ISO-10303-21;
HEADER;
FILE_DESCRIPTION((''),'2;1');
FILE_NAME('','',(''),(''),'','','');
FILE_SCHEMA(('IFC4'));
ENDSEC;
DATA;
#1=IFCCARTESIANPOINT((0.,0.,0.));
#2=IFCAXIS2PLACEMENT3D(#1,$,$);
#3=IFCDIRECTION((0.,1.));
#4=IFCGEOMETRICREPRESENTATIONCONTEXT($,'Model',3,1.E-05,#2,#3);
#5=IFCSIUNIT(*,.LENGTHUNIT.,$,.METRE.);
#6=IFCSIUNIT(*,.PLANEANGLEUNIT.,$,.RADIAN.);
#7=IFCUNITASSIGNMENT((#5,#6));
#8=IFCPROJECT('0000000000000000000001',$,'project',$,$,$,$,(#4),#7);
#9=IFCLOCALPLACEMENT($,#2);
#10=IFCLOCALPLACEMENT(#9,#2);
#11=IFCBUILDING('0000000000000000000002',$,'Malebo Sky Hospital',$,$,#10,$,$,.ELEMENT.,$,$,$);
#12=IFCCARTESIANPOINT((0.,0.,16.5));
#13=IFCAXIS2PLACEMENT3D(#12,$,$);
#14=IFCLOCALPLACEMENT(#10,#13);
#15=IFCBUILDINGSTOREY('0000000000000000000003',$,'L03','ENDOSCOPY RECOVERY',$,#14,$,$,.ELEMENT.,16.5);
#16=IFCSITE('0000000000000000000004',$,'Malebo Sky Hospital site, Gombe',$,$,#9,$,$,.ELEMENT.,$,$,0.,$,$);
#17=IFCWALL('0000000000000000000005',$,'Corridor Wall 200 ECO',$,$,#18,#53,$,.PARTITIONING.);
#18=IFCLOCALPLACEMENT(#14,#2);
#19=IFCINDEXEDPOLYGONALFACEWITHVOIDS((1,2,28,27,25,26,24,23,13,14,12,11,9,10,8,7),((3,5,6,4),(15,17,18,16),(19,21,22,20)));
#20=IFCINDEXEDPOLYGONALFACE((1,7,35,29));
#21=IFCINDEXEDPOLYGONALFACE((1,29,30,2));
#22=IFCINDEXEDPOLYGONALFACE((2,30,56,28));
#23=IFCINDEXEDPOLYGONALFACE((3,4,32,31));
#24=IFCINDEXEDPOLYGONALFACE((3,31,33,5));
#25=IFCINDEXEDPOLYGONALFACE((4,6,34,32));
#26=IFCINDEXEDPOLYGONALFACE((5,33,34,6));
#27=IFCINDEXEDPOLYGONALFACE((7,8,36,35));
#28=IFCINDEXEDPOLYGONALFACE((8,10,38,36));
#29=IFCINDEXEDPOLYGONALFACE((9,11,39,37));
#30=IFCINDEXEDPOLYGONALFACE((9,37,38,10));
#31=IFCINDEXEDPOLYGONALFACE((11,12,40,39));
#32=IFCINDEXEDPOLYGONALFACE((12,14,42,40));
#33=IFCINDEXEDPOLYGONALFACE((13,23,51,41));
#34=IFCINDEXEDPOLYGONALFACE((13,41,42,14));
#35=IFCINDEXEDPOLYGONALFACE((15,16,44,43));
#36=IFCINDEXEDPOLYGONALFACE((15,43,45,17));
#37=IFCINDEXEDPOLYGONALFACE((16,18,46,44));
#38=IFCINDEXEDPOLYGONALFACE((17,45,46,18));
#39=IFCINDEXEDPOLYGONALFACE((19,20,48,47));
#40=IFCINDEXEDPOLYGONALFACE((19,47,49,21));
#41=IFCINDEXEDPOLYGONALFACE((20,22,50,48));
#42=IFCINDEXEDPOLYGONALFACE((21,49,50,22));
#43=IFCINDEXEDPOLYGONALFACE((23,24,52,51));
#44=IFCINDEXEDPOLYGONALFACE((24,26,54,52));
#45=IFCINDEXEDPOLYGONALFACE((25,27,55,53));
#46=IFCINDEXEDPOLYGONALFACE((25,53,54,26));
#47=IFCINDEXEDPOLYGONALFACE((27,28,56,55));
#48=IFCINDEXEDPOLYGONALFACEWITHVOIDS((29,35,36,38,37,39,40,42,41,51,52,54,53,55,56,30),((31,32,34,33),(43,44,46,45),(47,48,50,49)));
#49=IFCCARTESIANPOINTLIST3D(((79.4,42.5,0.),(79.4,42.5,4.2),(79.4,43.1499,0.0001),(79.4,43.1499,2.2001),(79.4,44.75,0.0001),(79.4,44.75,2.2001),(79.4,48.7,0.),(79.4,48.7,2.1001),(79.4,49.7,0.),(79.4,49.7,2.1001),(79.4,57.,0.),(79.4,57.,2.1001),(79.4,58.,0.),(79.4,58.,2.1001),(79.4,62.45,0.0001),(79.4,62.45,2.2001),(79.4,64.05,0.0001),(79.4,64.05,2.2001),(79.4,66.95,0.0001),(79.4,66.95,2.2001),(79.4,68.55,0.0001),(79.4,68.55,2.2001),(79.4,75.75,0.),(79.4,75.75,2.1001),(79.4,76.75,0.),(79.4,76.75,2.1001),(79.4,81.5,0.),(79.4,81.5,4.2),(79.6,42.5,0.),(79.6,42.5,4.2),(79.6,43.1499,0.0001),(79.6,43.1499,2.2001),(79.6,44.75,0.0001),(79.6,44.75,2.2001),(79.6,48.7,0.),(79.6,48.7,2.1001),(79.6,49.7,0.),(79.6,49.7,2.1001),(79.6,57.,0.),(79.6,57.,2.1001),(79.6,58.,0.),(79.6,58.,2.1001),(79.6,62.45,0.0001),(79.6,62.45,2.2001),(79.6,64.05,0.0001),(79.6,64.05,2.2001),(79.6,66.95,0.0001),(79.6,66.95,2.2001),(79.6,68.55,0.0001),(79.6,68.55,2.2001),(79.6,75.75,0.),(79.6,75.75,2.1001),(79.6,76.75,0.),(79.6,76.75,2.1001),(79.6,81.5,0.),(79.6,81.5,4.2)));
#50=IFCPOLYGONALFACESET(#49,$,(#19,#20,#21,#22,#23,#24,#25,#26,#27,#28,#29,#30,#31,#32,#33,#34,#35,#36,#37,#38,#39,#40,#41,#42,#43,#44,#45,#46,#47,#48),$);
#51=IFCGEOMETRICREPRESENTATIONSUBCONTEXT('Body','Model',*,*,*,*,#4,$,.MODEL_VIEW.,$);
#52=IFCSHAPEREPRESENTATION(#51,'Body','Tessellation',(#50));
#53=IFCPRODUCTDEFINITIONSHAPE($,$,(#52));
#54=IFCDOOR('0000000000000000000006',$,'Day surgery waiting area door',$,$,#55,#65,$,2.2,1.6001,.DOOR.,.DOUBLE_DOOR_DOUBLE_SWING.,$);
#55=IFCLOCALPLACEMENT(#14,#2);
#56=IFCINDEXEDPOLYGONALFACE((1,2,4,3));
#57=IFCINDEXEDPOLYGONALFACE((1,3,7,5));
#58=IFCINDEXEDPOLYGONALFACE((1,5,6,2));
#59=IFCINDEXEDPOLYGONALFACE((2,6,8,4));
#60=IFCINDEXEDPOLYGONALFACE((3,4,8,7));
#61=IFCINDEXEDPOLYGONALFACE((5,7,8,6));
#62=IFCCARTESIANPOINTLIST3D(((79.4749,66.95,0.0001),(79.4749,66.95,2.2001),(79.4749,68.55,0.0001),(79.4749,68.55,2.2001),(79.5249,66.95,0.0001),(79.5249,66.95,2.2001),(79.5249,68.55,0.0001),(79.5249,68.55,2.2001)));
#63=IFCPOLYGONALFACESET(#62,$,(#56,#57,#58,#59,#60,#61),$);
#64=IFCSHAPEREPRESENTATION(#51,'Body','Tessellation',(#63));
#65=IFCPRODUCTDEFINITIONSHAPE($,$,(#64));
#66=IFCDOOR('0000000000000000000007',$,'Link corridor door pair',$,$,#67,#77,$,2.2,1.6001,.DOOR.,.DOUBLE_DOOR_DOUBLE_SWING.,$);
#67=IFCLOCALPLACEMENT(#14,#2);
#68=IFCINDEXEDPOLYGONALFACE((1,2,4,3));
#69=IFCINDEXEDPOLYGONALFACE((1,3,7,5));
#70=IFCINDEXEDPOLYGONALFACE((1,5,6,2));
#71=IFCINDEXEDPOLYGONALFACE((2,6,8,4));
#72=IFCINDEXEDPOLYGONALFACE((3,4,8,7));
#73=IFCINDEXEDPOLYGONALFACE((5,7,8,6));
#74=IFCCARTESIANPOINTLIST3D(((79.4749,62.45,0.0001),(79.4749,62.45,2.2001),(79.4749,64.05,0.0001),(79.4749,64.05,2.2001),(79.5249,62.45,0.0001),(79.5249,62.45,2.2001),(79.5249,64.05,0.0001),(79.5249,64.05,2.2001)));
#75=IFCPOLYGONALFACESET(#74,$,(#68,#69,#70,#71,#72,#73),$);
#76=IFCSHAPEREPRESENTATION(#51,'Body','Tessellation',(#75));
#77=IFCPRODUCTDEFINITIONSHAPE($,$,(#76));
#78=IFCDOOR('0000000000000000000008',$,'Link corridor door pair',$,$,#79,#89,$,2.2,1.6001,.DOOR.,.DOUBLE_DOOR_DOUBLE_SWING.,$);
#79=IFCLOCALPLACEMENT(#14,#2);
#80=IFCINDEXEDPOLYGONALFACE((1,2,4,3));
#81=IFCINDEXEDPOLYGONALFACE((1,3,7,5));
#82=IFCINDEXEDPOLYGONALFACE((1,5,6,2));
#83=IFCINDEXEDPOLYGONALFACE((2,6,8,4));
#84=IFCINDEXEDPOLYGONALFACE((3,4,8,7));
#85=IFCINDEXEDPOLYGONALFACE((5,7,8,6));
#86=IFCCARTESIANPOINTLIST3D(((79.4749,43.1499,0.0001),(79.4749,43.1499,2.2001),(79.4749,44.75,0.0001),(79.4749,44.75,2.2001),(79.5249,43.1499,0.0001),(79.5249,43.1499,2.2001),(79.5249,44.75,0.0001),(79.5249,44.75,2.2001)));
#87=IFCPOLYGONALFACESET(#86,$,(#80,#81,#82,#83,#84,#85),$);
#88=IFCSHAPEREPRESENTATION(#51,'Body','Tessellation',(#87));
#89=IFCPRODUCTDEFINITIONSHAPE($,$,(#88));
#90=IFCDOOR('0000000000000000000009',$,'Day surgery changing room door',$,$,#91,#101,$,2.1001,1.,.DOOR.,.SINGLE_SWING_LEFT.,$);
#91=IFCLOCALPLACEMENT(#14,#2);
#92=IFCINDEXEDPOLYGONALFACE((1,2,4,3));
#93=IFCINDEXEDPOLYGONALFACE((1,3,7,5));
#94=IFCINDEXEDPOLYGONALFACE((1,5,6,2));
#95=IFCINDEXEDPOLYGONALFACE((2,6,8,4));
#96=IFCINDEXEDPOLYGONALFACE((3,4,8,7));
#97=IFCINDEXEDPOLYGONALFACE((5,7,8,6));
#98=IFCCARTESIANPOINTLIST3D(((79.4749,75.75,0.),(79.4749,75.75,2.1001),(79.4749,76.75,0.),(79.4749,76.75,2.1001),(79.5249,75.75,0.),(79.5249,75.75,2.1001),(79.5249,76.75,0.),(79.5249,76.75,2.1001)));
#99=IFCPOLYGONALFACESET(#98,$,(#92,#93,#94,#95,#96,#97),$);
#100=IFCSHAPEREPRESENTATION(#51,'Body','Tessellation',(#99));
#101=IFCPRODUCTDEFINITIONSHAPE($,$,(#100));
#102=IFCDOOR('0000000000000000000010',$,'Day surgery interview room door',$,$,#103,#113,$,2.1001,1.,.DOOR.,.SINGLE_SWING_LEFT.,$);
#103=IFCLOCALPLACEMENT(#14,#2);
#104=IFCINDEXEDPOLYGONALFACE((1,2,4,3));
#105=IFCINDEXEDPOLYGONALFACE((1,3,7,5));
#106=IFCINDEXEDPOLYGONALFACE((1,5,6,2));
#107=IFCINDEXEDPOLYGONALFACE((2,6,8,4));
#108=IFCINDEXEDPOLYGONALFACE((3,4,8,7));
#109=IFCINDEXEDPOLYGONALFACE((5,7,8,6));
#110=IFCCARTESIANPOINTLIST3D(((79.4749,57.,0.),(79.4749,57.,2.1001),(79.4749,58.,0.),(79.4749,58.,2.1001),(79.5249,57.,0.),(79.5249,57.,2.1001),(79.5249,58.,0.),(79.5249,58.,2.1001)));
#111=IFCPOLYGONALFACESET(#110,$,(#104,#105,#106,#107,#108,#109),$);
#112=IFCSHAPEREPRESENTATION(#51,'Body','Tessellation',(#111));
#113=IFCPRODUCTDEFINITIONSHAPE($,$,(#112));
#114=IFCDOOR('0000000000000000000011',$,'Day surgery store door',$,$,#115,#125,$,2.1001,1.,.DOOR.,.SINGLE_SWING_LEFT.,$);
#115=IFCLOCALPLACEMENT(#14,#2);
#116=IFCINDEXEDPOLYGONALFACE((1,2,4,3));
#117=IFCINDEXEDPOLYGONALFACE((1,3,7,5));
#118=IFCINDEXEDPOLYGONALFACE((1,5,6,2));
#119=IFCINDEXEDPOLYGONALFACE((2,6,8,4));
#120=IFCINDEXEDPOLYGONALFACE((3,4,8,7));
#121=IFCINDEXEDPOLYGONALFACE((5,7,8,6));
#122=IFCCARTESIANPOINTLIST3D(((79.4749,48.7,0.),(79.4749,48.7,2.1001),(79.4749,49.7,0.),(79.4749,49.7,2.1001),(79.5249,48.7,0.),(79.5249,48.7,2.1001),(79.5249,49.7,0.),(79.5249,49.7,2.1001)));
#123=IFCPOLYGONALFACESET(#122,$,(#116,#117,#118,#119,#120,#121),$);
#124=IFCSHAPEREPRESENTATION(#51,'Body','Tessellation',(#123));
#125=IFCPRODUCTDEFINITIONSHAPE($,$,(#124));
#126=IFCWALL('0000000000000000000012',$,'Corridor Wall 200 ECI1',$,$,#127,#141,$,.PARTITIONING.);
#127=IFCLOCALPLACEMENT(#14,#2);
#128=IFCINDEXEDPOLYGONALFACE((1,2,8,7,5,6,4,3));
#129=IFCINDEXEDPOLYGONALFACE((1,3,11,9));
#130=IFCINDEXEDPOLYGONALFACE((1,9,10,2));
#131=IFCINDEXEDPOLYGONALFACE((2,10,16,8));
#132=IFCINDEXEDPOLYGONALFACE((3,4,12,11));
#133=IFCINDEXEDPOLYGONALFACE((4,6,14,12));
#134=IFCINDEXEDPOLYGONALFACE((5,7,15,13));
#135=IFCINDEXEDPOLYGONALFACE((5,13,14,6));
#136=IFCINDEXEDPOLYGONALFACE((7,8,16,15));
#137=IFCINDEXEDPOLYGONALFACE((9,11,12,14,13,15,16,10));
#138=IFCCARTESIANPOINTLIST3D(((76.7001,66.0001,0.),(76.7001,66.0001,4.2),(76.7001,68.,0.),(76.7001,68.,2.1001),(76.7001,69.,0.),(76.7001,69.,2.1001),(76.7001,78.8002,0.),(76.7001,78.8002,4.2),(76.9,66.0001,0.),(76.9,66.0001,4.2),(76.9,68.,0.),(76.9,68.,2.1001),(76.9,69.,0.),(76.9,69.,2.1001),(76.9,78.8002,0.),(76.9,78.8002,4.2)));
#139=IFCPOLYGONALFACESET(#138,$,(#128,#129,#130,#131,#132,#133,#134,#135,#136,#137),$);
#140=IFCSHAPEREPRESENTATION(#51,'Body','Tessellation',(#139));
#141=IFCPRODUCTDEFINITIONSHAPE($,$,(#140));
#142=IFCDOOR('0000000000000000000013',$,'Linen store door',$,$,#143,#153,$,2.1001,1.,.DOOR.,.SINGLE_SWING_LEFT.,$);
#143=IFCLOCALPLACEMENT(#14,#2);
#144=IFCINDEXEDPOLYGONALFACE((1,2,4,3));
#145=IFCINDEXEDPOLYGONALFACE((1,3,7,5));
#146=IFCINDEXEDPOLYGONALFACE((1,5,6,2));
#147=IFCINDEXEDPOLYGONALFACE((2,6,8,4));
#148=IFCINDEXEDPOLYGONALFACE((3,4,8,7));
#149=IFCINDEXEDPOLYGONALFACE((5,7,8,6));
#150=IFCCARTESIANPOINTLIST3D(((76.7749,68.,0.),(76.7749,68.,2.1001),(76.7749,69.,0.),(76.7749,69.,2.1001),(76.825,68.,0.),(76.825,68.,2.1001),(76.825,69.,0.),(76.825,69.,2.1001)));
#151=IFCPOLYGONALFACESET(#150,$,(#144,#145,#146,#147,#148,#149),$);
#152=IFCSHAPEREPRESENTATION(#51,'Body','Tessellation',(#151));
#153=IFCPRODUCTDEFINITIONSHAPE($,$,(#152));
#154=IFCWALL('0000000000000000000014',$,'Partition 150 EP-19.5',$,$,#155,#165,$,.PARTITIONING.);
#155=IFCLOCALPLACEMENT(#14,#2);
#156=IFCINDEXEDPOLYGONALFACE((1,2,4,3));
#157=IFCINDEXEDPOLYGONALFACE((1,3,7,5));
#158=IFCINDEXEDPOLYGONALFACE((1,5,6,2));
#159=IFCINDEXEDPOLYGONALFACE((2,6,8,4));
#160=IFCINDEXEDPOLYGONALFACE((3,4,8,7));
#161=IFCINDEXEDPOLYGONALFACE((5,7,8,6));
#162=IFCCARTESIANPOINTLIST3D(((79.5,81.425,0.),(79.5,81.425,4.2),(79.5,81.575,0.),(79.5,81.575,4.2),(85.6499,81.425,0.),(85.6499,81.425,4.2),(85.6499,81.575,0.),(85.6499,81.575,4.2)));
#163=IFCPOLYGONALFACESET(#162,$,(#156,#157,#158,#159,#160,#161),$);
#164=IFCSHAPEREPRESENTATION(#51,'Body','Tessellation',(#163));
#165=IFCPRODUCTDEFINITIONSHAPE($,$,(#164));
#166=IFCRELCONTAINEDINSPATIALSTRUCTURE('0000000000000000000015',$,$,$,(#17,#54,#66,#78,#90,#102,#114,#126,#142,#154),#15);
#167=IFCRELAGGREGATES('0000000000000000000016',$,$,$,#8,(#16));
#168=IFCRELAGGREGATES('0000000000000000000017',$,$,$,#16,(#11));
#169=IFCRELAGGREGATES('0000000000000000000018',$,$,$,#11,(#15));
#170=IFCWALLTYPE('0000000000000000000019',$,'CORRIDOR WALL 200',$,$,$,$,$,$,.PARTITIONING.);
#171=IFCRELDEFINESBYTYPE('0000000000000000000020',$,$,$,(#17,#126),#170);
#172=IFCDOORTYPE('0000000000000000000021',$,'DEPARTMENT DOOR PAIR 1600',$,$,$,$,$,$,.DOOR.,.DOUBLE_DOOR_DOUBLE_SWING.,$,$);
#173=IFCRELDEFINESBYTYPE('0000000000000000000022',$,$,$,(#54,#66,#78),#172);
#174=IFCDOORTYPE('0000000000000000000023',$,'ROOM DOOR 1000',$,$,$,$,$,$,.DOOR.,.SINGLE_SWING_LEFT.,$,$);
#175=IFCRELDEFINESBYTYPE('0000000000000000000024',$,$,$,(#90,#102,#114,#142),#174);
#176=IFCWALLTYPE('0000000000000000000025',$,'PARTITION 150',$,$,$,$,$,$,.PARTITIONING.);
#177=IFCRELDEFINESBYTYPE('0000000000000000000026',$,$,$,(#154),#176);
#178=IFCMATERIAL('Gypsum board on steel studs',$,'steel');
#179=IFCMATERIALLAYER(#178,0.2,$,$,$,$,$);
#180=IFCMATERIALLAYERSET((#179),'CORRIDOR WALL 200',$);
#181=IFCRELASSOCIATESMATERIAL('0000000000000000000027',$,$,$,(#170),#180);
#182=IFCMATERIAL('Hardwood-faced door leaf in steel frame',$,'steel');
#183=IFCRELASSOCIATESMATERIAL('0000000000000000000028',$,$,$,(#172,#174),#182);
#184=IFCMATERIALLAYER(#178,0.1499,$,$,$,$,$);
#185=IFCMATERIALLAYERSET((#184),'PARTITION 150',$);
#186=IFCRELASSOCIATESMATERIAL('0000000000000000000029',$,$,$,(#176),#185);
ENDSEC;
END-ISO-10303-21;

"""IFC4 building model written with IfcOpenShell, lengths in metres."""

from ifc_helpers import new_model, si_unit, direction, frame, frame_2d, origin, place, context, subcontext, project, spatial, rectangle, extrude, material, layer, layer_set, type_object, element, fill, save


model = new_model("IFC4")

# Units and contexts
model_context = context("Model", 3, precision=1e-05, world=origin(), true_north=direction((0.0, 1.0)))
body_context = subcontext(model_context, "Body", "Model", "MODEL_VIEW")
ifc_project = project(units=[si_unit("LENGTHUNIT", "METRE"), si_unit("PLANEANGLEUNIT", "RADIAN")], contexts=[model_context])

# Site, building, storey
site_placement = place(None, origin())
site = spatial("IfcSite", under=ifc_project, at=site_placement, Name="Malebo Sky Hospital site, Gombe", CompositionType="ELEMENT", RefElevation=0.0)
building_placement = place(site_placement, origin())
building = spatial("IfcBuilding", under=site, at=building_placement, Name="Malebo Sky Hospital", CompositionType="ELEMENT")
storey_placement = place(building_placement, frame((0.0, 0.0, 16.5)))
storey = spatial("IfcBuildingStorey", under=building, at=storey_placement, Name="L03", Description="ENDOSCOPY RECOVERY", CompositionType="ELEMENT", Elevation=16.5)

# Wall, openings, doors
ifc_material_1 = material(Name="Gypsum board on steel studs", Category="steel")
ifc_layer_1 = layer(ifc_material_1, 0.2)
ifc_layer_set_1 = layer_set([ifc_layer_1], Name="CORRIDOR WALL 200")
wall_type_1 = type_object("IfcWallType", Name="CORRIDOR WALL 200", PredefinedType="PARTITIONING", material=ifc_layer_set_1)
wall_1_placement = place(storey_placement, frame((79.5, 81.5, 0.0), z_axis=(0.0, 0.0, 1.0), x_axis=(0.0, -1.0, 0.0)))
wall_1 = element("IfcWall", 1, at=wall_1_placement, inside=storey, type_object=wall_type_1, Name="Corridor Wall 200 ECO", PredefinedType="PARTITIONING", context=body_context, shape_type="SweptSolid", body=[
    extrude(rectangle(XDim=39.0, YDim=0.2, at=frame_2d((19.5, 0.0))), origin(), (0.0, 0.0, 1.0), 4.2),
])
opening_1_placement = place(wall_1_placement, frame((4.75, 0.0, 0.0)))
opening_1 = element("IfcOpeningElement", 2, at=opening_1_placement, cuts=wall_1, PredefinedType="OPENING", context=body_context, shape_type="SweptSolid", body=[
    extrude(rectangle(XDim=1.0, YDim=2.1001, at=frame_2d((0.5, 1.05))), frame((0.0, 0.1099, 0.0), z_axis=(0.0, -1.0, 0.0), x_axis=(1.0, 0.0, 0.0)), (0.0, 0.0, 1.0), 0.22),
])
opening_2_placement = place(wall_1_placement, frame((12.95, 0.0, 0.0)))
opening_2 = element("IfcOpeningElement", 3, at=opening_2_placement, cuts=wall_1, PredefinedType="OPENING", context=body_context, shape_type="SweptSolid", body=[
    extrude(rectangle(XDim=1.6001, YDim=2.2, at=frame_2d((0.8, 1.1001))), frame((0.0, 0.1099, 0.0), z_axis=(0.0, -1.0, 0.0), x_axis=(1.0, 0.0, 0.0)), (0.0, 0.0, 1.0), 0.22),
])
opening_3_placement = place(wall_1_placement, frame((17.45, 0.0, 0.0)))
opening_3 = element("IfcOpeningElement", 4, at=opening_3_placement, cuts=wall_1, PredefinedType="OPENING", context=body_context, shape_type="SweptSolid", body=[
    extrude(rectangle(XDim=1.6001, YDim=2.2, at=frame_2d((0.8, 1.1001))), frame((0.0, 0.1099, 0.0), z_axis=(0.0, -1.0, 0.0), x_axis=(1.0, 0.0, 0.0)), (0.0, 0.0, 1.0), 0.22),
])
opening_4_placement = place(wall_1_placement, frame((23.5, 0.0, 0.0)))
opening_4 = element("IfcOpeningElement", 5, at=opening_4_placement, cuts=wall_1, PredefinedType="OPENING", context=body_context, shape_type="SweptSolid", body=[
    extrude(rectangle(XDim=1.0, YDim=2.1001, at=frame_2d((0.5, 1.05))), frame((0.0, 0.1099, 0.0), z_axis=(0.0, -1.0, 0.0), x_axis=(1.0, 0.0, 0.0)), (0.0, 0.0, 1.0), 0.22),
])
opening_5_placement = place(wall_1_placement, frame((31.8, 0.0, 0.0)))
opening_5 = element("IfcOpeningElement", 6, at=opening_5_placement, cuts=wall_1, PredefinedType="OPENING", context=body_context, shape_type="SweptSolid", body=[
    extrude(rectangle(XDim=1.0, YDim=2.1001, at=frame_2d((0.5, 1.05))), frame((0.0, 0.1099, 0.0), z_axis=(0.0, -1.0, 0.0), x_axis=(1.0, 0.0, 0.0)), (0.0, 0.0, 1.0), 0.22),
])
opening_6_placement = place(wall_1_placement, frame((36.75, 0.0, 0.0)))
opening_6 = element("IfcOpeningElement", 7, at=opening_6_placement, cuts=wall_1, PredefinedType="OPENING", context=body_context, shape_type="SweptSolid", body=[
    extrude(rectangle(XDim=1.6001, YDim=2.2, at=frame_2d((0.8, 1.1001))), frame((0.0, 0.1099, 0.0), z_axis=(0.0, -1.0, 0.0), x_axis=(1.0, 0.0, 0.0)), (0.0, 0.0, 1.0), 0.22),
])
ifc_material_2 = material(Name="Hardwood-faced door leaf in steel frame", Category="steel")
door_type_1 = type_object("IfcDoorType", Name="DEPARTMENT DOOR PAIR 1600", OperationType="DOUBLE_DOOR_DOUBLE_SWING", PredefinedType="DOOR", material=ifc_material_2)
door_1_placement = place(opening_2_placement, origin())
door_1 = element("IfcDoor", 8, at=door_1_placement, inside=storey, type_object=door_type_1, Name="Day surgery waiting area door", OperationType="DOUBLE_DOOR_DOUBLE_SWING", OverallHeight=2.2, OverallWidth=1.6001, PredefinedType="DOOR", context=body_context, shape_type="SweptSolid", body=[
    extrude(rectangle(XDim=1.6001, YDim=2.2, at=frame_2d((0.8, 1.1001))), frame((0.0, 0.0249, 0.0), z_axis=(0.0, -1.0, 0.0), x_axis=(1.0, 0.0, 0.0)), (0.0, 0.0, 1.0), 0.05),
])
fill(opening_2, door_1)
door_2_placement = place(opening_3_placement, origin())
door_2 = element("IfcDoor", 9, at=door_2_placement, inside=storey, type_object=door_type_1, Name="Link corridor door pair", OperationType="DOUBLE_DOOR_DOUBLE_SWING", OverallHeight=2.2, OverallWidth=1.6001, PredefinedType="DOOR", context=body_context, shape_type="SweptSolid", body=[
    extrude(rectangle(XDim=1.6001, YDim=2.2, at=frame_2d((0.8, 1.1001))), frame((0.0, 0.0249, 0.0), z_axis=(0.0, -1.0, 0.0), x_axis=(1.0, 0.0, 0.0)), (0.0, 0.0, 1.0), 0.05),
])
fill(opening_3, door_2)
door_3_placement = place(opening_6_placement, origin())
door_3 = element("IfcDoor", 10, at=door_3_placement, inside=storey, type_object=door_type_1, Name="Link corridor door pair", OperationType="DOUBLE_DOOR_DOUBLE_SWING", OverallHeight=2.2, OverallWidth=1.6001, PredefinedType="DOOR", context=body_context, shape_type="SweptSolid", body=[
    extrude(rectangle(XDim=1.6001, YDim=2.2, at=frame_2d((0.8, 1.1001))), frame((0.0, 0.0249, 0.0), z_axis=(0.0, -1.0, 0.0), x_axis=(1.0, 0.0, 0.0)), (0.0, 0.0, 1.0), 0.05),
])
fill(opening_6, door_3)
door_type_2 = type_object("IfcDoorType", Name="ROOM DOOR 1000", OperationType="SINGLE_SWING_LEFT", PredefinedType="DOOR", material=ifc_material_2)
door_4_placement = place(opening_1_placement, origin())
door_4 = element("IfcDoor", 11, at=door_4_placement, inside=storey, type_object=door_type_2, Name="Day surgery changing room door", OperationType="SINGLE_SWING_LEFT", OverallHeight=2.1001, OverallWidth=1.0, PredefinedType="DOOR", context=body_context, shape_type="SweptSolid", body=[
    extrude(rectangle(XDim=1.0, YDim=2.1001, at=frame_2d((0.5, 1.05))), frame((0.0, 0.0249, 0.0), z_axis=(0.0, -1.0, 0.0), x_axis=(1.0, 0.0, 0.0)), (0.0, 0.0, 1.0), 0.05),
])
fill(opening_1, door_4)
door_5_placement = place(opening_4_placement, origin())
door_5 = element("IfcDoor", 12, at=door_5_placement, inside=storey, type_object=door_type_2, Name="Day surgery interview room door", OperationType="SINGLE_SWING_LEFT", OverallHeight=2.1001, OverallWidth=1.0, PredefinedType="DOOR", context=body_context, shape_type="SweptSolid", body=[
    extrude(rectangle(XDim=1.0, YDim=2.1001, at=frame_2d((0.5, 1.05))), frame((0.0, 0.0249, 0.0), z_axis=(0.0, -1.0, 0.0), x_axis=(1.0, 0.0, 0.0)), (0.0, 0.0, 1.0), 0.05),
])
fill(opening_4, door_5)
door_6_placement = place(opening_5_placement, origin())
door_6 = element("IfcDoor", 13, at=door_6_placement, inside=storey, type_object=door_type_2, Name="Day surgery store door", OperationType="SINGLE_SWING_LEFT", OverallHeight=2.1001, OverallWidth=1.0, PredefinedType="DOOR", context=body_context, shape_type="SweptSolid", body=[
    extrude(rectangle(XDim=1.0, YDim=2.1001, at=frame_2d((0.5, 1.05))), frame((0.0, 0.0249, 0.0), z_axis=(0.0, -1.0, 0.0), x_axis=(1.0, 0.0, 0.0)), (0.0, 0.0, 1.0), 0.05),
])
fill(opening_5, door_6)

# Wall, opening, door
wall_2_placement = place(storey_placement, frame((76.8, 78.8, 0.0), z_axis=(0.0, 0.0, 1.0), x_axis=(0.0, -1.0, 0.0)))
wall_2 = element("IfcWall", 14, at=wall_2_placement, inside=storey, type_object=wall_type_1, Name="Corridor Wall 200 ECI1", PredefinedType="PARTITIONING", context=body_context, shape_type="SweptSolid", body=[
    extrude(rectangle(XDim=12.8, YDim=0.2, at=frame_2d((6.3999, 0.0))), origin(), (0.0, 0.0, 1.0), 4.2),
])
opening_7_placement = place(wall_2_placement, frame((9.8, 0.0, 0.0)))
opening_7 = element("IfcOpeningElement", 15, at=opening_7_placement, cuts=wall_2, PredefinedType="OPENING", context=body_context, shape_type="SweptSolid", body=[
    extrude(rectangle(XDim=1.0, YDim=2.1001, at=frame_2d((0.5, 1.05))), frame((0.0, 0.1099, 0.0), z_axis=(0.0, -1.0, 0.0), x_axis=(1.0, 0.0, 0.0)), (0.0, 0.0, 1.0), 0.22),
])
door_7_placement = place(opening_7_placement, origin())
door_7 = element("IfcDoor", 16, at=door_7_placement, inside=storey, type_object=door_type_2, Name="Linen store door", OperationType="SINGLE_SWING_LEFT", OverallHeight=2.1001, OverallWidth=1.0, PredefinedType="DOOR", context=body_context, shape_type="SweptSolid", body=[
    extrude(rectangle(XDim=1.0, YDim=2.1001, at=frame_2d((0.5, 1.05))), frame((0.0, 0.0249, 0.0), z_axis=(0.0, -1.0, 0.0), x_axis=(1.0, 0.0, 0.0)), (0.0, 0.0, 1.0), 0.05),
])
fill(opening_7, door_7)

# Wall
ifc_layer_2 = layer(ifc_material_1, 0.1499)
ifc_layer_set_2 = layer_set([ifc_layer_2], Name="PARTITION 150")
wall_type_2 = type_object("IfcWallType", Name="PARTITION 150", PredefinedType="PARTITIONING", material=ifc_layer_set_2)
for number, where, z_axis, x_axis, name in (
    (17, (79.5, 81.5, 0.0), (0.0, 0.0, 1.0), (1.0, 0.0, 0.0), "Partition 150 EP-19.5"),
):
    element("IfcWall", number, at=place(storey_placement, frame(where, z_axis=z_axis, x_axis=x_axis)), inside=storey, type_object=wall_type_2, Name=name, PredefinedType="PARTITIONING", context=body_context, shape_type="SweptSolid", body=[
        extrude(rectangle(XDim=6.1499, YDim=0.1499, at=frame_2d((3.075, 0.0))), origin(), (0.0, 0.0, 1.0), 4.2),
    ])

save(model, "model.ifc")
